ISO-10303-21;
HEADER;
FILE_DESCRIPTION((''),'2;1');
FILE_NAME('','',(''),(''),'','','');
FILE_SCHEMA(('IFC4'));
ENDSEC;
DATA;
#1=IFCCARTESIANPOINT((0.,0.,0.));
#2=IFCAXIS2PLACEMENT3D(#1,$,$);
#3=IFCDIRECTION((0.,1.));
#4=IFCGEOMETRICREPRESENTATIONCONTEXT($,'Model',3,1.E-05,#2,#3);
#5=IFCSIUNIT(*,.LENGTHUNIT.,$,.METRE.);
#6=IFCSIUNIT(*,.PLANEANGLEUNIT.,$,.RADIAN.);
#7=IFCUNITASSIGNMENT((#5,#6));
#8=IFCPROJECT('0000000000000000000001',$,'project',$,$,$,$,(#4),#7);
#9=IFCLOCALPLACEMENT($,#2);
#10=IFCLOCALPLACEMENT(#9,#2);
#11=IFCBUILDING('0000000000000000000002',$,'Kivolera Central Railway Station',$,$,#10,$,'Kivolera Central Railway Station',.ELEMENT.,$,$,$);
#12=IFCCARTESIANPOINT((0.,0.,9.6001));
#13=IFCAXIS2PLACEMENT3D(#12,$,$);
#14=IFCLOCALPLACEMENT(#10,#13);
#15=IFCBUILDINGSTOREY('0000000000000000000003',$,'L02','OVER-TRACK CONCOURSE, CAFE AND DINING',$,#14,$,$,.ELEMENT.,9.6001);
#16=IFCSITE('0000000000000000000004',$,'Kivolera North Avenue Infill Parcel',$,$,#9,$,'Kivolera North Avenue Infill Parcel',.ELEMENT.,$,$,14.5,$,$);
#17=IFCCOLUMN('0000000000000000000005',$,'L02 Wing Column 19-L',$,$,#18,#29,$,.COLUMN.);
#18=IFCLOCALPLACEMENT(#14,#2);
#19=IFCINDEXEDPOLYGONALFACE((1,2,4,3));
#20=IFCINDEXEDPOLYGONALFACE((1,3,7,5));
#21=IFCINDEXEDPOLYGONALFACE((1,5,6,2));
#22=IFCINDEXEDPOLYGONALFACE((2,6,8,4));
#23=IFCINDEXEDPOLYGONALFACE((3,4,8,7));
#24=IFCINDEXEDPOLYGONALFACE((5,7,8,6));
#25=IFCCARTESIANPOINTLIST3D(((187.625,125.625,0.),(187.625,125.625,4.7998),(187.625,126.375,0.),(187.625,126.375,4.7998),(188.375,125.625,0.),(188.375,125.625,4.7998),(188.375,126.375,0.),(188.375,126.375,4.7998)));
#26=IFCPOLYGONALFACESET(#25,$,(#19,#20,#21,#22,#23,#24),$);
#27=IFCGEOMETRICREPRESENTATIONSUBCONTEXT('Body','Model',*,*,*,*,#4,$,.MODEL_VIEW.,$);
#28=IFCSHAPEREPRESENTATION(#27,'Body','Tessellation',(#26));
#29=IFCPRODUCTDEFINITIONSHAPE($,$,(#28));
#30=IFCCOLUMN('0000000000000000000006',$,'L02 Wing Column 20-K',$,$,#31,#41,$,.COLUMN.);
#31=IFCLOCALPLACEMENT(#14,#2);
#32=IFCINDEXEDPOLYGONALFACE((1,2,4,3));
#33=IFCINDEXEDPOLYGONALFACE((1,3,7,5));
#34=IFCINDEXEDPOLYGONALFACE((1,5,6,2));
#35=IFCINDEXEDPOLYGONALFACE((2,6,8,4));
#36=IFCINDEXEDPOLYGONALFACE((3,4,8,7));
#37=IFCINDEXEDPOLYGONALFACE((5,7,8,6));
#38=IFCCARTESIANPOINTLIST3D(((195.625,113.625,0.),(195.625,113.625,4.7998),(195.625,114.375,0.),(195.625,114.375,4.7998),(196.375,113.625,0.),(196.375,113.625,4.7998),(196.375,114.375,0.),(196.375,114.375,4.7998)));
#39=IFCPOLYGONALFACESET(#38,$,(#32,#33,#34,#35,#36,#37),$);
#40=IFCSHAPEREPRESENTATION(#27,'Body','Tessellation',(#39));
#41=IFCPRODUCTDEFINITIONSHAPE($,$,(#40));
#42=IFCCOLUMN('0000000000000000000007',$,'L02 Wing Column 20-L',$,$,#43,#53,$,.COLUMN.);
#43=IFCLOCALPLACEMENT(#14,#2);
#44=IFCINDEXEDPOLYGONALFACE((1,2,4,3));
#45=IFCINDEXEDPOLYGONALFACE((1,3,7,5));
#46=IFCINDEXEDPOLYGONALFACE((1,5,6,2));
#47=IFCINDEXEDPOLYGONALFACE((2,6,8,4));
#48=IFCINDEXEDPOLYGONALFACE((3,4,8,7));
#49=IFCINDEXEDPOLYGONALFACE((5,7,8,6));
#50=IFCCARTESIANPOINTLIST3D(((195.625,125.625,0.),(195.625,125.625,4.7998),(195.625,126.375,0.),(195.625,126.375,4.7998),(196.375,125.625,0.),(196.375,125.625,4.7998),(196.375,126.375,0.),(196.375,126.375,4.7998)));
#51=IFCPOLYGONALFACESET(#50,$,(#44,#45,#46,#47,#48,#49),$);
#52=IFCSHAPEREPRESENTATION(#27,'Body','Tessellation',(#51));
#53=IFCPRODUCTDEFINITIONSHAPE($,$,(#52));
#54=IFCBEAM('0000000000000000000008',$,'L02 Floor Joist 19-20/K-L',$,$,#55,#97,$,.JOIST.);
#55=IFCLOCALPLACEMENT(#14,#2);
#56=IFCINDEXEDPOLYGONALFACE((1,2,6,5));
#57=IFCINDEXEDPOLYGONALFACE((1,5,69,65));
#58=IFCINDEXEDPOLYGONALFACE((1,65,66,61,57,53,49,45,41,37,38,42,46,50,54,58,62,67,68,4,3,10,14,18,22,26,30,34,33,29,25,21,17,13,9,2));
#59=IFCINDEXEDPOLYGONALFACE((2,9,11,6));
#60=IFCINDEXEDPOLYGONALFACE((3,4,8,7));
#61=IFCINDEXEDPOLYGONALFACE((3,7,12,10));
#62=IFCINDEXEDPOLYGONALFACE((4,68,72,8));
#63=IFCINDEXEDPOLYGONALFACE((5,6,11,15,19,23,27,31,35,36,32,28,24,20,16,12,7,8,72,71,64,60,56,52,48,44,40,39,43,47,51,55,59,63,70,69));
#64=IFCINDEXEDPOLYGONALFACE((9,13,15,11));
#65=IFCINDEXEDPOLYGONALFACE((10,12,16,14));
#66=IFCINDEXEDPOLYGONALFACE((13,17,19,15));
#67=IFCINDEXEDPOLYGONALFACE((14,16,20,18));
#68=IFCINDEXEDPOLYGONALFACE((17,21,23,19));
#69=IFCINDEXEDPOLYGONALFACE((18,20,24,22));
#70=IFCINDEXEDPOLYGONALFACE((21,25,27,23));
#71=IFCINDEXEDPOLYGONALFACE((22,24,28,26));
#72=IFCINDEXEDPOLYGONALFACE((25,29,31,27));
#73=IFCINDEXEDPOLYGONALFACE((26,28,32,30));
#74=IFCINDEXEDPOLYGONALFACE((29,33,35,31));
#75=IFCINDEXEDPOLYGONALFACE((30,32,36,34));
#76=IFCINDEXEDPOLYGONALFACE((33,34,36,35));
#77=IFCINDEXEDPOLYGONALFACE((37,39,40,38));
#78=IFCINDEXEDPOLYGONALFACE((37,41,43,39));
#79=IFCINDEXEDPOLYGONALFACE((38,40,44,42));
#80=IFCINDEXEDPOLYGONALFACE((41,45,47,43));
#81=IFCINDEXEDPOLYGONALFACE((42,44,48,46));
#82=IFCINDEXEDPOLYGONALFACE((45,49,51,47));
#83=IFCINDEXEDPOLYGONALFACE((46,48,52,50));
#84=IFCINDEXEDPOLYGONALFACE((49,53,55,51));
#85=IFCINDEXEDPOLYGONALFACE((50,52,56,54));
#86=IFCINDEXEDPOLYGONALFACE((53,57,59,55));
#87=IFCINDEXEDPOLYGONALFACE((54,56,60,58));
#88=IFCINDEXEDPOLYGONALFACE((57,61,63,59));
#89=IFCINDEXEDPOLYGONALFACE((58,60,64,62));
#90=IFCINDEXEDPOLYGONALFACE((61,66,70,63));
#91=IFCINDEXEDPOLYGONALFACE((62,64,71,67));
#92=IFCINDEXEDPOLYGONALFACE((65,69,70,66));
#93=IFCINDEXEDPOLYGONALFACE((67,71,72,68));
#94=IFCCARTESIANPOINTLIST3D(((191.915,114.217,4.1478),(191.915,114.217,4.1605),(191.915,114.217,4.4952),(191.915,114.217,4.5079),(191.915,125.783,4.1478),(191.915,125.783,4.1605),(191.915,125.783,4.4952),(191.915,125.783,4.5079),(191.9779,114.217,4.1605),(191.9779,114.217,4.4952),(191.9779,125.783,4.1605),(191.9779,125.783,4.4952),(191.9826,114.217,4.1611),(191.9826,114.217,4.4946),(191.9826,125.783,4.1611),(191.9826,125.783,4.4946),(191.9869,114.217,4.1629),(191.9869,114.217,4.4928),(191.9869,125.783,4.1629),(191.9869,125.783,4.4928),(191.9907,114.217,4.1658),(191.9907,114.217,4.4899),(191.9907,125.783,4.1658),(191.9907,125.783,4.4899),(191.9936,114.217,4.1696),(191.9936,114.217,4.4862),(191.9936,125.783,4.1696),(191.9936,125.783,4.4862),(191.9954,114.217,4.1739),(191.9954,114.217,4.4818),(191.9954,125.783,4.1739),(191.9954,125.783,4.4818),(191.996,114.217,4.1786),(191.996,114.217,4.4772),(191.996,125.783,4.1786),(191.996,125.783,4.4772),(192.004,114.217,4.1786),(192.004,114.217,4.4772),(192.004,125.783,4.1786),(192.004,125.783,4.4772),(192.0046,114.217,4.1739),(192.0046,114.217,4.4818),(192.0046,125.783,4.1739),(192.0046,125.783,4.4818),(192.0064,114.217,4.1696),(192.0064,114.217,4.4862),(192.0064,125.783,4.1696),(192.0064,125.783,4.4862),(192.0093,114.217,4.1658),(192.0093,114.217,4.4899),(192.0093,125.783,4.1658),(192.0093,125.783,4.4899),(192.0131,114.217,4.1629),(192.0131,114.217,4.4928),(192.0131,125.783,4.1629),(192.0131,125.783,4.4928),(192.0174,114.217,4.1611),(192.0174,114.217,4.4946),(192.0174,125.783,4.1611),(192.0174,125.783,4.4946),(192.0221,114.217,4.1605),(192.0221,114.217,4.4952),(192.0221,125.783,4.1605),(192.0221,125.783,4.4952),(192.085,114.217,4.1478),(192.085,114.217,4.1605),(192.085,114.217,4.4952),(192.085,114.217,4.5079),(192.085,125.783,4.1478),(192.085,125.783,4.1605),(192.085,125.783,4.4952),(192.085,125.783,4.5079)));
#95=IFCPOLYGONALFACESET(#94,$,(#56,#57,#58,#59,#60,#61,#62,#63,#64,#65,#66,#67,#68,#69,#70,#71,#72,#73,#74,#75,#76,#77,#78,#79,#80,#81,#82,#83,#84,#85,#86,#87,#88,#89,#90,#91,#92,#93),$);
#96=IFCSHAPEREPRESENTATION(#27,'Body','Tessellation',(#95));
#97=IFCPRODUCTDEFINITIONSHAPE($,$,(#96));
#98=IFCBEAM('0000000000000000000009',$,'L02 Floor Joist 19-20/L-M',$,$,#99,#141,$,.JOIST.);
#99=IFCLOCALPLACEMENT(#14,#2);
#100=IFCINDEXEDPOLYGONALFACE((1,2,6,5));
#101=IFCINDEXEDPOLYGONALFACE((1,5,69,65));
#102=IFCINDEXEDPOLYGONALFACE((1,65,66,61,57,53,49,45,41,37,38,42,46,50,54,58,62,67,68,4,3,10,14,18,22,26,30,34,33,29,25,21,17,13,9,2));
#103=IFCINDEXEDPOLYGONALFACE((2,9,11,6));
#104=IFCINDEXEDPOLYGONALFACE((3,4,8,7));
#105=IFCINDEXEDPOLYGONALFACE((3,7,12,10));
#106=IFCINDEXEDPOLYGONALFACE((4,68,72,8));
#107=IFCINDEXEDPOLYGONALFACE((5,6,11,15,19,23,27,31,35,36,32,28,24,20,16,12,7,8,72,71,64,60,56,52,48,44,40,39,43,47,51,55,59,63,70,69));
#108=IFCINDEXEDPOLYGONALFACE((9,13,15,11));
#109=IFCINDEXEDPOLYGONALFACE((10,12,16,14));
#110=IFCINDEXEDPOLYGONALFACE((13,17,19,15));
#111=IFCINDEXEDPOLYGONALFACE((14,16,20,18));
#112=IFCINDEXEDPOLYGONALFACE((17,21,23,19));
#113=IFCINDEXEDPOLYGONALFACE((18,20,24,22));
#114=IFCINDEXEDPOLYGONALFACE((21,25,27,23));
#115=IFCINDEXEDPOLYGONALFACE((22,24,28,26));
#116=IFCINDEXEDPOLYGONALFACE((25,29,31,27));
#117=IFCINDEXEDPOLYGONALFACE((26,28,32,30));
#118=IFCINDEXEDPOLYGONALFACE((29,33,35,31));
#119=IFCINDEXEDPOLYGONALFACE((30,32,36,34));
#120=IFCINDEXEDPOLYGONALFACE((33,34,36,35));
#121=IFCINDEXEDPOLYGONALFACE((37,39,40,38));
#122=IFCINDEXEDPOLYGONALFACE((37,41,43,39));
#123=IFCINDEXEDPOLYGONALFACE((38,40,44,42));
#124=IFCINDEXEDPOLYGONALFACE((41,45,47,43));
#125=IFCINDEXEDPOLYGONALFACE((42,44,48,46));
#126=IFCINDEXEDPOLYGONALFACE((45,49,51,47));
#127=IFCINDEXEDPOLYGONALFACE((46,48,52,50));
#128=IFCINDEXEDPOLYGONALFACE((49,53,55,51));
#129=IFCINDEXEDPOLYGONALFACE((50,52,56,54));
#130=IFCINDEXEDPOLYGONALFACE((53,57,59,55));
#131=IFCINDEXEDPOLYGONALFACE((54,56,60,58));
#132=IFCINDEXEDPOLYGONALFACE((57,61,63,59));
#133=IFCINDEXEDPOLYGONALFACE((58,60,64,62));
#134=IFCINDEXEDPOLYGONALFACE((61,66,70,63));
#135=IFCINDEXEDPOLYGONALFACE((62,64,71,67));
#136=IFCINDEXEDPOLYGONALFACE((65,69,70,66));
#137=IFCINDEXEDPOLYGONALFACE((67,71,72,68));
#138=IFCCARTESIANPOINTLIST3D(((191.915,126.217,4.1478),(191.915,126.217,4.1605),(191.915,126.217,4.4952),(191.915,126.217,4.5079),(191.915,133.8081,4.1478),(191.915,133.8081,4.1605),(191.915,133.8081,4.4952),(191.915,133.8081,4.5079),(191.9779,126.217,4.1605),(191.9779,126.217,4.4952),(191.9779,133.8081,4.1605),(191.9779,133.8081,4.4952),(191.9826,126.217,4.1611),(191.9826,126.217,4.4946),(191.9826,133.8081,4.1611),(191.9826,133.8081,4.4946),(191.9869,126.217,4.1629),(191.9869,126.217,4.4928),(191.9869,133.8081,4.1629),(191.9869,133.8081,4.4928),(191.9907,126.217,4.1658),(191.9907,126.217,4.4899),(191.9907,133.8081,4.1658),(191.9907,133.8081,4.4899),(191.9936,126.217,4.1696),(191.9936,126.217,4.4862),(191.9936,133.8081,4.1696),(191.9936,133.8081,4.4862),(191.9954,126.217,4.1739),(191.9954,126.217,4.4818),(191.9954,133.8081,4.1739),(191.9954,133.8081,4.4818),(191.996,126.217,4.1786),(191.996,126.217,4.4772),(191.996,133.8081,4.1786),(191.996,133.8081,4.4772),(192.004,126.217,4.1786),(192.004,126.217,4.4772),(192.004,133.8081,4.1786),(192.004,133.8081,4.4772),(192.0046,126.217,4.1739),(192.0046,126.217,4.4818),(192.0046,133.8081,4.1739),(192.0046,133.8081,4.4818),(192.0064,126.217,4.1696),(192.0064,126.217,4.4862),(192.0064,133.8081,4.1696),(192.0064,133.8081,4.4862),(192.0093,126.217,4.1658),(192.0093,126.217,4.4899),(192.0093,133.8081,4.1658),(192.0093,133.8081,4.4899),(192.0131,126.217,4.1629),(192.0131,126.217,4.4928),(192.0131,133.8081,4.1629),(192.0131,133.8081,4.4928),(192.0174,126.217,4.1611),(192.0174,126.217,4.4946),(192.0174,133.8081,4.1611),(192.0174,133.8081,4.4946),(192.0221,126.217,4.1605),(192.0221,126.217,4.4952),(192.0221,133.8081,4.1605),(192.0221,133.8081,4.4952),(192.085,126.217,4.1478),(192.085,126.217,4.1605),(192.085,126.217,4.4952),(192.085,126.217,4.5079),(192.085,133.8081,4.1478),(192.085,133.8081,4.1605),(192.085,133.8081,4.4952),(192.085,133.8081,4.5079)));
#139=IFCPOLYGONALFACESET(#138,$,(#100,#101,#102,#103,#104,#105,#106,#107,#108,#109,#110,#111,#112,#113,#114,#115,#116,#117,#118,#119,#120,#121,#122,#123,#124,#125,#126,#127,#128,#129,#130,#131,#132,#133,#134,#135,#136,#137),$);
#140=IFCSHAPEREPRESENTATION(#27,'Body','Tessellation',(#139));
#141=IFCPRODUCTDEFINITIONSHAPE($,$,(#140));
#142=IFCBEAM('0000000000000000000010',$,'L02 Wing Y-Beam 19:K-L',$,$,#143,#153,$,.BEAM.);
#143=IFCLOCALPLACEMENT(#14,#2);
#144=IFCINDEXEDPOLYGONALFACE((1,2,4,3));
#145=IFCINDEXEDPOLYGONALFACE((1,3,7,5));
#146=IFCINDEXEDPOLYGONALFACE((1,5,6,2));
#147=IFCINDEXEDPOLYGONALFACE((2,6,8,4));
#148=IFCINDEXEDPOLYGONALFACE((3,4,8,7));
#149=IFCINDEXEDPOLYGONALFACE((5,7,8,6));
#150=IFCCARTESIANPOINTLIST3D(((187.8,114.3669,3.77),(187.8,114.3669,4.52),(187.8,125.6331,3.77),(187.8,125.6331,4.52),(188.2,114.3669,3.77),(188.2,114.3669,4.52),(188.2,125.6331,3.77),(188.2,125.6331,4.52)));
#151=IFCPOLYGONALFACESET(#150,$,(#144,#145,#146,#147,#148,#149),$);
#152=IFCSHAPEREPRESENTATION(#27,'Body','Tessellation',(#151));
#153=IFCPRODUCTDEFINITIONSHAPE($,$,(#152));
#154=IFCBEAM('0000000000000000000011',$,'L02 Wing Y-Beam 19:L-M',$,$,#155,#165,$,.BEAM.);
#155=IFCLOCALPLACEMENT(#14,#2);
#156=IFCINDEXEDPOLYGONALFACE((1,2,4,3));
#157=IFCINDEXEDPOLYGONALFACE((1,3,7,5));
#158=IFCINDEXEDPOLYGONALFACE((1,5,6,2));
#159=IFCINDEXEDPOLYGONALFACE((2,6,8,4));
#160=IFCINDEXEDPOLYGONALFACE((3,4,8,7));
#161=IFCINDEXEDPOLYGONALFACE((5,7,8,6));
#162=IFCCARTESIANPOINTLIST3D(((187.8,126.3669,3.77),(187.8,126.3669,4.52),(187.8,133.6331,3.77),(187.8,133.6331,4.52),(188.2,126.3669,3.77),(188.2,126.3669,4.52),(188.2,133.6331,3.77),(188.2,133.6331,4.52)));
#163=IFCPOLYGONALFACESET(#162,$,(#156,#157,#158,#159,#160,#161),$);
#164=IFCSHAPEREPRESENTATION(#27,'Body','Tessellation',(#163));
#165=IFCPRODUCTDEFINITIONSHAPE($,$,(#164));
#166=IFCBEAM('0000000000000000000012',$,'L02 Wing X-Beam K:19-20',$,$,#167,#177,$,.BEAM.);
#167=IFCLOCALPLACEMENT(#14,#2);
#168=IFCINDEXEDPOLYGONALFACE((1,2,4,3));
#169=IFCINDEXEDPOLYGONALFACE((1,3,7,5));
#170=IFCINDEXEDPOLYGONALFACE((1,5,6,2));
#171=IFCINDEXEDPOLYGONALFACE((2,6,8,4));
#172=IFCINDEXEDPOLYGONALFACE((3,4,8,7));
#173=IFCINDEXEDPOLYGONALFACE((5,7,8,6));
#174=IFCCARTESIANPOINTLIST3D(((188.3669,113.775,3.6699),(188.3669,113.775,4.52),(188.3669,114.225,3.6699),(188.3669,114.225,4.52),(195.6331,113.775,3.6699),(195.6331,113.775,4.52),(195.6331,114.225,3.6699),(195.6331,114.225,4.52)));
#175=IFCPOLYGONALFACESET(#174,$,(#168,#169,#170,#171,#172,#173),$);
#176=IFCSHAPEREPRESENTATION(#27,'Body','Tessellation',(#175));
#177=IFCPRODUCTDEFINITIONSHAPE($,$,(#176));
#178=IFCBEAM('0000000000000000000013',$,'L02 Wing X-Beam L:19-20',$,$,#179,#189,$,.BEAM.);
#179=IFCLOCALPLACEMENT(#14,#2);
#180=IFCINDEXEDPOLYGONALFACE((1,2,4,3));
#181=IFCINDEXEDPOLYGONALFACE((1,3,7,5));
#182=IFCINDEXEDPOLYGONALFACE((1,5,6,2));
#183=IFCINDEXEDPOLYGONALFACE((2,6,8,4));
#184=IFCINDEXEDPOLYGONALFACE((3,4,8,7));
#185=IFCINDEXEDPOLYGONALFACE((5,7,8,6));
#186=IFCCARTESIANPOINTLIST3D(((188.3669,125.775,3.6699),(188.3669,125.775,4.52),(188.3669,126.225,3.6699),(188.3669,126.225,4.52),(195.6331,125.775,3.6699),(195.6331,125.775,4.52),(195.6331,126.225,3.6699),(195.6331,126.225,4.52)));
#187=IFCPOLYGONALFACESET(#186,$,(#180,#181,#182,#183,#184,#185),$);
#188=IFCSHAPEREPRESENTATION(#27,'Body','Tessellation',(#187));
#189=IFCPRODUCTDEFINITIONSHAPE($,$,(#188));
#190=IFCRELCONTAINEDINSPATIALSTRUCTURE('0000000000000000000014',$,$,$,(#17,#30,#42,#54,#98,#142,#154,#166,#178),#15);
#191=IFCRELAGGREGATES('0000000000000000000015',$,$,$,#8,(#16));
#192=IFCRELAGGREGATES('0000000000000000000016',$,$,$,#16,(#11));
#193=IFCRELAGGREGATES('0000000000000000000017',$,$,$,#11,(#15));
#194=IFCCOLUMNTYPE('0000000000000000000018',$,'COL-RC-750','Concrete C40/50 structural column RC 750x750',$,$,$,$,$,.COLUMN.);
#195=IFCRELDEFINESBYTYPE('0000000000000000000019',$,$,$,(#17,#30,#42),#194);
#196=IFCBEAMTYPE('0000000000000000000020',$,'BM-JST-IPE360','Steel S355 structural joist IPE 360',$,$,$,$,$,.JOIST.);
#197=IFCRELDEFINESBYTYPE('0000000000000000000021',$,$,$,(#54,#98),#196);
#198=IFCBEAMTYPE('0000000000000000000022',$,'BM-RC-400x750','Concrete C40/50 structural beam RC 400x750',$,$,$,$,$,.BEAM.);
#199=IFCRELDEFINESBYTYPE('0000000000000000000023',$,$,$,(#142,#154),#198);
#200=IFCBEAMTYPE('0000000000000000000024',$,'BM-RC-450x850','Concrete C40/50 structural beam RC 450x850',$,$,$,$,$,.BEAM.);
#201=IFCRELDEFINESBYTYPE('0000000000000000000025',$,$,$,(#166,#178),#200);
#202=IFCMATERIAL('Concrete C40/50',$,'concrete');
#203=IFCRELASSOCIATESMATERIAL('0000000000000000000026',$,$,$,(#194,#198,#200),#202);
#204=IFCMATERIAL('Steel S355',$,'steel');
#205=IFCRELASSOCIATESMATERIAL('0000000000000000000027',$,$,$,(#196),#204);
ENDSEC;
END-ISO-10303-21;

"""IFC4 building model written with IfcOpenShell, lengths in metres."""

from ifc_helpers import new_model, si_unit, direction, frame, origin, origin_2d, place, context, subcontext, project, spatial, rectangle, i_section, extrude, material, material_profile, profile_set, type_object, element, save


model = new_model("IFC4")

# Units and contexts
model_context = context("Model", 3, precision=1e-05, world=origin(), true_north=direction((0.0, 1.0)))
body_context = subcontext(model_context, "Body", "Model", "MODEL_VIEW")
ifc_project = project(units=[si_unit("LENGTHUNIT", "METRE"), si_unit("PLANEANGLEUNIT", "RADIAN")], contexts=[model_context])

# Site, building, storey
site_placement = place(None, origin())
site = spatial("IfcSite", under=ifc_project, at=site_placement, Name="Kivolera North Avenue Infill Parcel", LongName="Kivolera North Avenue Infill Parcel", CompositionType="ELEMENT", RefElevation=14.5)
building_placement = place(site_placement, origin())
building = spatial("IfcBuilding", under=site, at=building_placement, Name="Kivolera Central Railway Station", LongName="Kivolera Central Railway Station", CompositionType="ELEMENT")
storey_placement = place(building_placement, frame((0.0, 0.0, 9.6001)))
storey = spatial("IfcBuildingStorey", under=building, at=storey_placement, Name="L02", Description="OVER-TRACK CONCOURSE, CAFE AND DINING", CompositionType="ELEMENT", Elevation=9.6001)

# Columns
ifc_material_1 = material(Name="Concrete C40/50", Category="concrete")
ifc_material_profile_1 = material_profile(ifc_material_1, rectangle(XDim=0.75, YDim=0.75, at=origin_2d()), Name="RC 750x750")
ifc_profile_set_1 = profile_set([ifc_material_profile_1], Name="Concrete C40/50")
column_type = type_object("IfcColumnType", Name="COL-RC-750", Description="Concrete C40/50 structural column RC 750x750", PredefinedType="COLUMN", material=ifc_profile_set_1)
for number, where, z_axis, x_axis, name in (
    (1, (188.0, 126.0, 0.0), (0.0, 0.0, 1.0), (1.0, 0.0, 0.0), "L02 Wing Column 19-L"),
    (2, (196.0, 114.0, 0.0), (0.0, 0.0, 1.0), (1.0, 0.0, 0.0), "L02 Wing Column 20-K"),
    (3, (196.0, 126.0, 0.0), (0.0, 0.0, 1.0), (1.0, 0.0, 0.0), "L02 Wing Column 20-L"),
):
    element("IfcColumn", number, at=place(storey_placement, frame(where, z_axis=z_axis, x_axis=x_axis)), inside=storey, type_object=column_type, Name=name, PredefinedType="COLUMN", context=body_context, shape_type="SweptSolid", body=[
        extrude(rectangle(XDim=0.75, YDim=0.75, at=origin_2d()), origin(), (0.0, 0.0, 1.0), 4.7998),
    ])

# Beams
ifc_material_2 = material(Name="Steel S355", Category="steel")
ifc_material_profile_2 = material_profile(ifc_material_2, i_section(OverallWidth=0.1699, OverallDepth=0.3601, WebThickness=0.0081, FlangeThickness=0.0127, FilletRadius=0.0181, at=origin_2d()), Name="IPE 360")
ifc_profile_set_2 = profile_set([ifc_material_profile_2], Name="Steel S355")
beam_type_1 = type_object("IfcBeamType", Name="BM-JST-IPE360", Description="Steel S355 structural joist IPE 360", PredefinedType="JOIST", material=ifc_profile_set_2)
beam_1_placement = place(storey_placement, frame((192.0, 114.217, 4.3279), z_axis=(0.0, 1.0, 0.0), x_axis=(-1.0, 0.0, 0.0)))
element("IfcBeam", 4, at=beam_1_placement, inside=storey, type_object=beam_type_1, Name="L02 Floor Joist 19-20/K-L", PredefinedType="JOIST", context=body_context, shape_type="SweptSolid", body=[
    extrude(i_section(OverallWidth=0.1699, OverallDepth=0.3601, WebThickness=0.0081, FlangeThickness=0.0127, FilletRadius=0.0181, at=origin_2d()), origin(), (0.0, 0.0, 1.0), 11.5659),
])
beam_2_placement = place(storey_placement, frame((192.0, 126.217, 4.3279), z_axis=(0.0, 1.0, 0.0), x_axis=(-1.0, 0.0, 0.0)))
element("IfcBeam", 5, at=beam_2_placement, inside=storey, type_object=beam_type_1, Name="L02 Floor Joist 19-20/L-M", PredefinedType="JOIST", context=body_context, shape_type="SweptSolid", body=[
    extrude(i_section(OverallWidth=0.1699, OverallDepth=0.3601, WebThickness=0.0081, FlangeThickness=0.0127, FilletRadius=0.0181, at=origin_2d()), origin(), (0.0, 0.0, 1.0), 7.5911),
])
ifc_material_profile_3 = material_profile(ifc_material_1, rectangle(XDim=0.3999, YDim=0.75, at=origin_2d()), Name="RC 400x750")
ifc_profile_set_3 = profile_set([ifc_material_profile_3], Name="Concrete C40/50")
beam_type_2 = type_object("IfcBeamType", Name="BM-RC-400x750", Description="Concrete C40/50 structural beam RC 400x750", PredefinedType="BEAM", material=ifc_profile_set_3)
beam_3_placement = place(storey_placement, frame((188.0, 114.3669, 4.145), z_axis=(0.0, 1.0, 0.0), x_axis=(-1.0, 0.0, 0.0)))
element("IfcBeam", 6, at=beam_3_placement, inside=storey, type_object=beam_type_2, Name="L02 Wing Y-Beam 19:K-L", PredefinedType="BEAM", context=body_context, shape_type="SweptSolid", body=[
    extrude(rectangle(XDim=0.3999, YDim=0.75, at=origin_2d()), origin(), (0.0, 0.0, 1.0), 11.2661),
])
beam_4_placement = place(storey_placement, frame((188.0, 126.3669, 4.145), z_axis=(0.0, 1.0, 0.0), x_axis=(-1.0, 0.0, 0.0)))
element("IfcBeam", 7, at=beam_4_placement, inside=storey, type_object=beam_type_2, Name="L02 Wing Y-Beam 19:L-M", PredefinedType="BEAM", context=body_context, shape_type="SweptSolid", body=[
    extrude(rectangle(XDim=0.3999, YDim=0.75, at=origin_2d()), origin(), (0.0, 0.0, 1.0), 7.2661),
])
ifc_material_profile_4 = material_profile(ifc_material_1, rectangle(XDim=0.45, YDim=0.8501, at=origin_2d()), Name="RC 450x850")
ifc_profile_set_4 = profile_set([ifc_material_profile_4], Name="Concrete C40/50")
beam_type_3 = type_object("IfcBeamType", Name="BM-RC-450x850", Description="Concrete C40/50 structural beam RC 450x850", PredefinedType="BEAM", material=ifc_profile_set_4)
for number, where, z_axis, x_axis, name in (
    (8, (188.3669, 114.0, 4.095), (1.0, 0.0, 0.0), (0.0, 1.0, 0.0), "L02 Wing X-Beam K:19-20"),
    (9, (188.3669, 126.0, 4.095), (1.0, 0.0, 0.0), (0.0, 1.0, 0.0), "L02 Wing X-Beam L:19-20"),
):
    element("IfcBeam", number, at=place(storey_placement, frame(where, z_axis=z_axis, x_axis=x_axis)), inside=storey, type_object=beam_type_3, Name=name, PredefinedType="BEAM", context=body_context, shape_type="SweptSolid", body=[
        extrude(rectangle(XDim=0.45, YDim=0.8501, at=origin_2d()), origin(), (0.0, 0.0, 1.0), 7.2661),
    ])

save(model, "model.ifc")
